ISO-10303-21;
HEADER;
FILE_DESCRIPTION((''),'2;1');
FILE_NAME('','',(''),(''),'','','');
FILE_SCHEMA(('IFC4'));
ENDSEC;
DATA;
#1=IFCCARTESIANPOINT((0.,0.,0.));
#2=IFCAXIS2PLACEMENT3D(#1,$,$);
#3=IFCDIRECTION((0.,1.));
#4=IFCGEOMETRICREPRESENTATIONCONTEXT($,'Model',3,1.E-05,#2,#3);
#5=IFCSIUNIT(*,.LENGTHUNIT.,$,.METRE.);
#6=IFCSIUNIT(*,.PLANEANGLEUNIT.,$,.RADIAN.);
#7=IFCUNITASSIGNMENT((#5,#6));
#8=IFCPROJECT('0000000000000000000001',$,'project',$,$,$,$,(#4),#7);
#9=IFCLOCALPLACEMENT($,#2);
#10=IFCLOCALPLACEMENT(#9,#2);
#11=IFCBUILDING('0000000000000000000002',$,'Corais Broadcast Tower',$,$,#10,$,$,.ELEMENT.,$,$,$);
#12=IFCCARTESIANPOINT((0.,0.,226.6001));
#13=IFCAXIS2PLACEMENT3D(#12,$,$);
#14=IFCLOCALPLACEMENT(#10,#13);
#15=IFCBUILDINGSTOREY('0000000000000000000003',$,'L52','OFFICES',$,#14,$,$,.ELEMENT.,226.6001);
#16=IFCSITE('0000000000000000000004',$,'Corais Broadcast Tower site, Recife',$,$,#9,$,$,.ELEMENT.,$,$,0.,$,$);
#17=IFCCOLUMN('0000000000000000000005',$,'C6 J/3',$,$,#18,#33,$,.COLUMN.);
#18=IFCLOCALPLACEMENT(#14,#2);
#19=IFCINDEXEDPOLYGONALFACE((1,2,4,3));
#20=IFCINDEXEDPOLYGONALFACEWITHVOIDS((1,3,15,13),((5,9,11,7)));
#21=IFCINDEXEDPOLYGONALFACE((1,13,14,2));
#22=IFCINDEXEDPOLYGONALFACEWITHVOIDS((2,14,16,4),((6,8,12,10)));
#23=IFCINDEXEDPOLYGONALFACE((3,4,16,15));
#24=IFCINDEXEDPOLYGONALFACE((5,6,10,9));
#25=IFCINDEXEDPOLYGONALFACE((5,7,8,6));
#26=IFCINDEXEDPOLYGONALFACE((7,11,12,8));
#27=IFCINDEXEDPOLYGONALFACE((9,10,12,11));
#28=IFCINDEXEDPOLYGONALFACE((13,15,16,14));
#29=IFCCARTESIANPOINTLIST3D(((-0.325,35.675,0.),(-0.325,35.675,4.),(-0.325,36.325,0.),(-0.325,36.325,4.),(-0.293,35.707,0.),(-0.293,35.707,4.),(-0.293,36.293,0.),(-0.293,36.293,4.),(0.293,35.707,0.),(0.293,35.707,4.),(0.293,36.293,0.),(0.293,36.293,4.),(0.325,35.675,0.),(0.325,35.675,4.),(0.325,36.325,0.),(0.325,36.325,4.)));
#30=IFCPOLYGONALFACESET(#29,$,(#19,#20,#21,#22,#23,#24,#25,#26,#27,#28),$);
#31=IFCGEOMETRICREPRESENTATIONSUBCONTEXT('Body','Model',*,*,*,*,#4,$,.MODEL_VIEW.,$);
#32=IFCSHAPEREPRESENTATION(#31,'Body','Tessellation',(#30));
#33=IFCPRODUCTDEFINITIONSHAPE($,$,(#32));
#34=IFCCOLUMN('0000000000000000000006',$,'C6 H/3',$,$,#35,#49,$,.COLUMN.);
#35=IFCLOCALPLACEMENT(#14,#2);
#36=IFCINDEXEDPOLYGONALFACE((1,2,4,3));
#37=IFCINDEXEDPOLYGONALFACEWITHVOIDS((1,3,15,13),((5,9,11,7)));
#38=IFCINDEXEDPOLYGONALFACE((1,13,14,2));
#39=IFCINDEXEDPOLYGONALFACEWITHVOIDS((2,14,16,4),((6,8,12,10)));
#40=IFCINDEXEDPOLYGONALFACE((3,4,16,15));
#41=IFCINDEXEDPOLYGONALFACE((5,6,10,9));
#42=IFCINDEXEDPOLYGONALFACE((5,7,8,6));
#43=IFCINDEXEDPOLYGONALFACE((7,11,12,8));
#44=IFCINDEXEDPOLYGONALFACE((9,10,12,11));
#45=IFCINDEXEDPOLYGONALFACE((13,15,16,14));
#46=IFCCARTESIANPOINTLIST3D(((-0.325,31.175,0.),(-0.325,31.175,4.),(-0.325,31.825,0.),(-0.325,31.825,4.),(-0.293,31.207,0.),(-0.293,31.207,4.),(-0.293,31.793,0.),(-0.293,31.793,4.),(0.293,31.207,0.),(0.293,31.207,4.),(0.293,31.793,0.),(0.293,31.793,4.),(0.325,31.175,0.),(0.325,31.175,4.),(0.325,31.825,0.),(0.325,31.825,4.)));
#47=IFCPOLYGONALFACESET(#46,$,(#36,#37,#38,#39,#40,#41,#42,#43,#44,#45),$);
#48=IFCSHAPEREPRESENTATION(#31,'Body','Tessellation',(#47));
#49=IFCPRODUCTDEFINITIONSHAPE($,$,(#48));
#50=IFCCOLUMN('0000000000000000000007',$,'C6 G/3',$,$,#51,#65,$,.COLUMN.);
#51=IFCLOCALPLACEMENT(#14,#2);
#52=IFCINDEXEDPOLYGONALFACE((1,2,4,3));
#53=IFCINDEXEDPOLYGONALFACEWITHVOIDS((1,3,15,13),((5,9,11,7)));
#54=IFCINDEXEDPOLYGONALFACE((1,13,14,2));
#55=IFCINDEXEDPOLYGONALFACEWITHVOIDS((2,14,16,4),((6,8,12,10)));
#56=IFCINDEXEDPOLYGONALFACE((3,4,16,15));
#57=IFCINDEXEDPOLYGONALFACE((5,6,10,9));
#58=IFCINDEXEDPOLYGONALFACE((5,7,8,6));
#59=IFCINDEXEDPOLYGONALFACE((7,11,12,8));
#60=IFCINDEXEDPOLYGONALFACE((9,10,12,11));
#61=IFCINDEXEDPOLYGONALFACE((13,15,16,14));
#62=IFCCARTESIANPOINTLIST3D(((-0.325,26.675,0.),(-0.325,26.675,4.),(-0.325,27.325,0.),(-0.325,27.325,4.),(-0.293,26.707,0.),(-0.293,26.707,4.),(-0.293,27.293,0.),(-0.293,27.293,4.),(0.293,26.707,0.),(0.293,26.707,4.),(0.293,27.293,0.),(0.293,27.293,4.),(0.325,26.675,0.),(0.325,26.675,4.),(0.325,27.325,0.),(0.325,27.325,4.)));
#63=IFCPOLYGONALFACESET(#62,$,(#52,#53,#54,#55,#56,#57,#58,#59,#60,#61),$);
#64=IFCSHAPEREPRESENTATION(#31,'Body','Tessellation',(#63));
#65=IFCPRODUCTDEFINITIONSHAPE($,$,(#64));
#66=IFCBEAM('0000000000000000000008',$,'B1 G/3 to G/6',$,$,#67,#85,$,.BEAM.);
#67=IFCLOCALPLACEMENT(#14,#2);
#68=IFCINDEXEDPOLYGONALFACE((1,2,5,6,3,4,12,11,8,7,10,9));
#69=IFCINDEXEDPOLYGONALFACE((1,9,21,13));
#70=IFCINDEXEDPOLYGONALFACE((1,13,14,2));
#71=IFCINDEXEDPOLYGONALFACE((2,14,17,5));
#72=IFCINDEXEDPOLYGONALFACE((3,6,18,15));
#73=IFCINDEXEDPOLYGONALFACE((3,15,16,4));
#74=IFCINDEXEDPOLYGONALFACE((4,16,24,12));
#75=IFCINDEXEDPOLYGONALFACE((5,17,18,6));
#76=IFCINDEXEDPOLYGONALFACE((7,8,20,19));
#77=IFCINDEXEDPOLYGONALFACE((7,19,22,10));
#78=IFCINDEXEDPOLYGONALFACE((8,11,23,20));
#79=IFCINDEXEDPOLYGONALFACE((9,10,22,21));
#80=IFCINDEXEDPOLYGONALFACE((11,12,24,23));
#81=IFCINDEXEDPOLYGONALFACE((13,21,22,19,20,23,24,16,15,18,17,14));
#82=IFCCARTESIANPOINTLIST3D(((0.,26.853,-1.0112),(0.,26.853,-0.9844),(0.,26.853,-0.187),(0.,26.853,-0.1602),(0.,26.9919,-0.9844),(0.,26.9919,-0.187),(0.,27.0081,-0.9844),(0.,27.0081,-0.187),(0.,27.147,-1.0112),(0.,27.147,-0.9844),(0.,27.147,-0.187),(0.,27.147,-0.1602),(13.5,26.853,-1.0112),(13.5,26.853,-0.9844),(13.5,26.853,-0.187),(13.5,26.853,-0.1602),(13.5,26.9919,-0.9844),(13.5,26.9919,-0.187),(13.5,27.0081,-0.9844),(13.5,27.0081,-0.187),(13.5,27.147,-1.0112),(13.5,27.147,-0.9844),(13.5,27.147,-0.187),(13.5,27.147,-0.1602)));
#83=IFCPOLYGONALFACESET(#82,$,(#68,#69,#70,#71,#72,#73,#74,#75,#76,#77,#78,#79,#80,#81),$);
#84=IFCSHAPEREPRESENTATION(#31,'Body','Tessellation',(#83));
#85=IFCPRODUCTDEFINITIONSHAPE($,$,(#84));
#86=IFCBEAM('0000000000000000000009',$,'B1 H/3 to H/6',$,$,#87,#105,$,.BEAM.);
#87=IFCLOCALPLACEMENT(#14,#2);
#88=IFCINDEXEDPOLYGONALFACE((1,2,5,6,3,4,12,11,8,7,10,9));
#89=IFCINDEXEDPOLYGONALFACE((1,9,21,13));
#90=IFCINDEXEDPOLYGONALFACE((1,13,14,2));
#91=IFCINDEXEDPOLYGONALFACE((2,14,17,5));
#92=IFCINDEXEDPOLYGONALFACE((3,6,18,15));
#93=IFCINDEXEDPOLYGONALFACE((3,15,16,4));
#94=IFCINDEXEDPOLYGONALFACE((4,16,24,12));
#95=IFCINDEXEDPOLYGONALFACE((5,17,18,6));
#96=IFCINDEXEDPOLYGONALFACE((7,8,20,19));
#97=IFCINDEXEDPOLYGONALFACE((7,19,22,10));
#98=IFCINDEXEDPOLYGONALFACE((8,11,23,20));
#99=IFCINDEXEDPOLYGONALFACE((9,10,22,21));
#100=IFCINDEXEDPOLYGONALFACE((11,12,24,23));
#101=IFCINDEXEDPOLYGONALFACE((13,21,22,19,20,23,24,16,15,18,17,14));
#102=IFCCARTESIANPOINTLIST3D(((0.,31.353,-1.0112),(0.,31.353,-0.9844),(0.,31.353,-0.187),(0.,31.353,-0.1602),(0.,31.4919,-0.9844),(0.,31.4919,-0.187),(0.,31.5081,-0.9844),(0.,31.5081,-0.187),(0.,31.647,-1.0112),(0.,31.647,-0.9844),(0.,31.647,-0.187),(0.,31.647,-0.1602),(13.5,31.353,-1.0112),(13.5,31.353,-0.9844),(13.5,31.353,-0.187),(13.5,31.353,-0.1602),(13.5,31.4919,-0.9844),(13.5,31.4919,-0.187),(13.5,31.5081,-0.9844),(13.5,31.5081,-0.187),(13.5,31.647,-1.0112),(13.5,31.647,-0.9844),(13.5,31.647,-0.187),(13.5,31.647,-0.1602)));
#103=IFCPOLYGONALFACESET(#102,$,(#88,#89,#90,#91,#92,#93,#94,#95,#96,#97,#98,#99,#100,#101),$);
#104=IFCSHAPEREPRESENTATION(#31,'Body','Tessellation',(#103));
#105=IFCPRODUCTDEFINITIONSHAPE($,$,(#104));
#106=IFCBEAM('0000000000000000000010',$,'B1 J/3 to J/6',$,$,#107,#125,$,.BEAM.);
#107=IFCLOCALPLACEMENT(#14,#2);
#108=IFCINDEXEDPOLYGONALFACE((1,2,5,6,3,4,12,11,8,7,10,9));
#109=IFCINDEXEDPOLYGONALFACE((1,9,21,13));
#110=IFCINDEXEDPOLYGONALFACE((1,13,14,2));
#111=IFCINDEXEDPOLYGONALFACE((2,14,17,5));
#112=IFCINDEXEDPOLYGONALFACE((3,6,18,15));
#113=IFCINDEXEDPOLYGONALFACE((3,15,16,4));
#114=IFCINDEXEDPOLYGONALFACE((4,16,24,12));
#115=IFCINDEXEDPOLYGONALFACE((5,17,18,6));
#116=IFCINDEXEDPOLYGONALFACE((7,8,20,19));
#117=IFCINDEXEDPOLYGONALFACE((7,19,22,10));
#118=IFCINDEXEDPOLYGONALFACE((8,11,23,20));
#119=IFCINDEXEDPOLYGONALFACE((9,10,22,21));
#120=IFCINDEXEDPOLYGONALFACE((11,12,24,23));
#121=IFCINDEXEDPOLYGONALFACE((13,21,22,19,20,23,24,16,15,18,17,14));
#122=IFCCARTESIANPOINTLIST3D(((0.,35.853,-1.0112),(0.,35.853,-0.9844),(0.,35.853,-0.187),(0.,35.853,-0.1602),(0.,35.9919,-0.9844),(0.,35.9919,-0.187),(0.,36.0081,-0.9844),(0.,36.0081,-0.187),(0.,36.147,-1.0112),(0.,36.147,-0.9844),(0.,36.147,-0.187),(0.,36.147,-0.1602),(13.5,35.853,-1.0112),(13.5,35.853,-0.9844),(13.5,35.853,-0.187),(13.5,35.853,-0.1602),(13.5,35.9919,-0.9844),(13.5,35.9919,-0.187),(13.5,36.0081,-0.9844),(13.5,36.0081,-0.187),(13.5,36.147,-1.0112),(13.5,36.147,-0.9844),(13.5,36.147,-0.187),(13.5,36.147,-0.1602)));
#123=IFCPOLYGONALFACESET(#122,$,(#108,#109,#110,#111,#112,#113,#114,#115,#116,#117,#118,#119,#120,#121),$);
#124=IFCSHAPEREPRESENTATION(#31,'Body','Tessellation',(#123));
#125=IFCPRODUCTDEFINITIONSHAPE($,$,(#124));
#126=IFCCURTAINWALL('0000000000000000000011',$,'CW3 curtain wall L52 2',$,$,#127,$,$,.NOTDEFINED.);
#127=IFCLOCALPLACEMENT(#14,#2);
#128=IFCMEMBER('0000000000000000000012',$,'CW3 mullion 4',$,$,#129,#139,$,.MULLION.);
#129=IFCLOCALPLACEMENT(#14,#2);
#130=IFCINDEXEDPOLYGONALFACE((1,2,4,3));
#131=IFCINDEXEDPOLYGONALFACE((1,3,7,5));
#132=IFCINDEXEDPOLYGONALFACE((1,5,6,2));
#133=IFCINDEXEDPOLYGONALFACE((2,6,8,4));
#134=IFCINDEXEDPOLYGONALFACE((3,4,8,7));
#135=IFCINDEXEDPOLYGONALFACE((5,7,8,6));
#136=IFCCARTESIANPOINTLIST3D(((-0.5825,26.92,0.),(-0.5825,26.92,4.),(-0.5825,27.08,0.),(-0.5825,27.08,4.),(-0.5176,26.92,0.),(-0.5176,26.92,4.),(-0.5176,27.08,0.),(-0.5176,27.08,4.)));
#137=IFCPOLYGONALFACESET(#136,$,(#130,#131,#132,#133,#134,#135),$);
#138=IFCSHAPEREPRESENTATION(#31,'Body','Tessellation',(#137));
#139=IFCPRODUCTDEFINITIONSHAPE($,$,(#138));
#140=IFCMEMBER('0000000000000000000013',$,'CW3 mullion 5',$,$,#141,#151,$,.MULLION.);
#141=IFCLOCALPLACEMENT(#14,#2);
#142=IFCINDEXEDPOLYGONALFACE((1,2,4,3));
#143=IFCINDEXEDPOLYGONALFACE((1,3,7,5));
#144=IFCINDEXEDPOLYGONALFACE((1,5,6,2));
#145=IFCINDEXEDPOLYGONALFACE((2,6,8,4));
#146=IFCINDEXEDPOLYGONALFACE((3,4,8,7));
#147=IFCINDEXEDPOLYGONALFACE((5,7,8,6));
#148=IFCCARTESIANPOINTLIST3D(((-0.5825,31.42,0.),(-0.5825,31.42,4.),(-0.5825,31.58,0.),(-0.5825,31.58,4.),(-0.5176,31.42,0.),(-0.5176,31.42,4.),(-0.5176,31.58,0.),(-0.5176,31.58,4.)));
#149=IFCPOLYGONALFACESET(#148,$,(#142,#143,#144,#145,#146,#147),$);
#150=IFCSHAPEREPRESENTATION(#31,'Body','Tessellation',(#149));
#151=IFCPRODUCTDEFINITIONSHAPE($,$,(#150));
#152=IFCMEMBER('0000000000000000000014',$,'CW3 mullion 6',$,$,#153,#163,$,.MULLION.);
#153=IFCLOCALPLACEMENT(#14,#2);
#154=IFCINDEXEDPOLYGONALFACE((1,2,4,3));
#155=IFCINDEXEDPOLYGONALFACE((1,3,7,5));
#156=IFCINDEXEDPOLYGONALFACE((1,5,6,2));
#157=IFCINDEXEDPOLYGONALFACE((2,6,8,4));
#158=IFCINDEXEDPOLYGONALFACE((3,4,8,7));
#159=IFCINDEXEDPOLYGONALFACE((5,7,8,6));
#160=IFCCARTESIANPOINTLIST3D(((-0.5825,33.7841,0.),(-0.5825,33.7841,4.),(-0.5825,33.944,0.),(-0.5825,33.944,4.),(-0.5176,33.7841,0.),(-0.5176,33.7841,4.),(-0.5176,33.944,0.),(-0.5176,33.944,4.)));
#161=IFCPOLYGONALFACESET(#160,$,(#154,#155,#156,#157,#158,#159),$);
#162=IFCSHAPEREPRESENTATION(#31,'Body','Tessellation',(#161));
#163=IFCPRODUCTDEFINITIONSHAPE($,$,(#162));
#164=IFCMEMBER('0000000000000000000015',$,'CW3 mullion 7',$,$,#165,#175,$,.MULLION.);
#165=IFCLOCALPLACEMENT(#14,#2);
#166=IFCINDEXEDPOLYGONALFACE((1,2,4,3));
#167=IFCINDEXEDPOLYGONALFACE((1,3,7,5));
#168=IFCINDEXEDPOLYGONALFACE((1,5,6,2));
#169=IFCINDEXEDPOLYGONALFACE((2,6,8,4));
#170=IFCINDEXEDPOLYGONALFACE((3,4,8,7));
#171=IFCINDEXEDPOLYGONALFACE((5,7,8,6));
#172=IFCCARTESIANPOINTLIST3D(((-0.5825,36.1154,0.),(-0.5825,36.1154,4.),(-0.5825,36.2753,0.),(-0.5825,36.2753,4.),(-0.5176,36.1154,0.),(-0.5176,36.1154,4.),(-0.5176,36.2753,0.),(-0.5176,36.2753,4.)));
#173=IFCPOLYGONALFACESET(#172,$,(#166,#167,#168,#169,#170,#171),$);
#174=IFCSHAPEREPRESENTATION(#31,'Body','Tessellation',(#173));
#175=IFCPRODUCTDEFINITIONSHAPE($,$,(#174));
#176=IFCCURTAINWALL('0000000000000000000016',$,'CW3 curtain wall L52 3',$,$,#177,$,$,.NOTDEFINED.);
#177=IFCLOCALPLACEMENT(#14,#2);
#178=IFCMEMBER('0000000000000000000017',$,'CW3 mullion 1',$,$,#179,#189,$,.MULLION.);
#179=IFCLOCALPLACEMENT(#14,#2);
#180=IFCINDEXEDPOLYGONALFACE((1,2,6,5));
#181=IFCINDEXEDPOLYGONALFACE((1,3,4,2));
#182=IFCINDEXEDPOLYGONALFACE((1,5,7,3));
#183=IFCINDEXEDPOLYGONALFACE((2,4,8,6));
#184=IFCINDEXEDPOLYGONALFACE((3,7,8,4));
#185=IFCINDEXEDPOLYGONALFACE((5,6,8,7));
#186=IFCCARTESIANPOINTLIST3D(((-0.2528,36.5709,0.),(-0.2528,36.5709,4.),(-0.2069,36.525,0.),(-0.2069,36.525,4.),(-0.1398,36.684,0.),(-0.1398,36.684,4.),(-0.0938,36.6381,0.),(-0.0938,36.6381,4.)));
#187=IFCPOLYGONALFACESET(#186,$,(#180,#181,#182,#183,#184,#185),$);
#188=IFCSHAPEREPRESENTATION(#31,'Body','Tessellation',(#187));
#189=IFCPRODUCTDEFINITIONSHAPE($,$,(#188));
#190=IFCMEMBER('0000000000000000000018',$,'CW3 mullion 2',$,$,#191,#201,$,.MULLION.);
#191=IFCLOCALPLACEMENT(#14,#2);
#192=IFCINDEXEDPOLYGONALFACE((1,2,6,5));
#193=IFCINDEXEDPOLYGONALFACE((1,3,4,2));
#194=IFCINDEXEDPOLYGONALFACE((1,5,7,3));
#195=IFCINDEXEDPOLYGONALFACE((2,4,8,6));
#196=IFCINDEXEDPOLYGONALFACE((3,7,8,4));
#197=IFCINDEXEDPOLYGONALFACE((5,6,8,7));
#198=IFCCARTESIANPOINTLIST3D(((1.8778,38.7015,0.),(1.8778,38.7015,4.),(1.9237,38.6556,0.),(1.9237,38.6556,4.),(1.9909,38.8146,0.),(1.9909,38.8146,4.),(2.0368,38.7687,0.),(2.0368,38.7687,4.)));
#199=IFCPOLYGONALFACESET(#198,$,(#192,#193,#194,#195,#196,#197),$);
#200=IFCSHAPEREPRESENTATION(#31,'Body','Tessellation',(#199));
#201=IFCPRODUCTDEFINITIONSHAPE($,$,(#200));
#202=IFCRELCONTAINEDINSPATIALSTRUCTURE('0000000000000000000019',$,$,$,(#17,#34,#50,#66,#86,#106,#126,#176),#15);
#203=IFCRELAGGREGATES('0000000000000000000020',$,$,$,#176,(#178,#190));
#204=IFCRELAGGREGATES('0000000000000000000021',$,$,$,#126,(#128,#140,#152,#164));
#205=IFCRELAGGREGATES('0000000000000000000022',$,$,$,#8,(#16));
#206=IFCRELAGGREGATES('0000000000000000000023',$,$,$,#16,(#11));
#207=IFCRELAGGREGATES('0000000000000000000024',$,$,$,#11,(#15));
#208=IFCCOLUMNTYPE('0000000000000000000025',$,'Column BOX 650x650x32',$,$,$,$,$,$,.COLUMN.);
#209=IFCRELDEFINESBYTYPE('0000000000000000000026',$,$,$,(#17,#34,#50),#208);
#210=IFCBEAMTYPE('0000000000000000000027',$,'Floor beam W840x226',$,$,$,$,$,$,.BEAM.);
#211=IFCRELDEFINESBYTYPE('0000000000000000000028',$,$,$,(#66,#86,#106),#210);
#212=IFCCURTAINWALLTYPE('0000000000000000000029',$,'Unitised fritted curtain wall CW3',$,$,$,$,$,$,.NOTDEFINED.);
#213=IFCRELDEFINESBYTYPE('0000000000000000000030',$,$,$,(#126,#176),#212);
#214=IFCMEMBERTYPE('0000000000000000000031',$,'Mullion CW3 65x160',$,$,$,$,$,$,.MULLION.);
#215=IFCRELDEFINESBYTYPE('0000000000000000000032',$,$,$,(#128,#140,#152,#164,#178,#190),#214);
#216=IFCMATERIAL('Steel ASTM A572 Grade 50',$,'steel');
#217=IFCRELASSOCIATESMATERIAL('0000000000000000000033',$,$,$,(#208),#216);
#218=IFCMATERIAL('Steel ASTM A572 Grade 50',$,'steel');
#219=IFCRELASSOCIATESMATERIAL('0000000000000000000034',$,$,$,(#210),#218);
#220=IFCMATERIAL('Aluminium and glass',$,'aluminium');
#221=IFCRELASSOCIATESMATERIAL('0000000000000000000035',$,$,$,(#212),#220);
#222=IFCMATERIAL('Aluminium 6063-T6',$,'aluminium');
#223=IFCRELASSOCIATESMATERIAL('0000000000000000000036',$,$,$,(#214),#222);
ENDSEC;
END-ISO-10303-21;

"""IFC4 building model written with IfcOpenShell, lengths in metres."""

from ifc_helpers import new_model, si_unit, direction, frame, origin, origin_2d, place, context, subcontext, project, spatial, rectangle, hollow_rectangle, i_section, extrude, material, material_profile, profile_set, type_object, element, aggregate, save


model = new_model("IFC4")

# Units and contexts
model_context = context("Model", 3, precision=1e-05, world=origin(), true_north=direction((0.0, 1.0)))
body_context = subcontext(model_context, "Body", "Model", "MODEL_VIEW")
ifc_project = project(units=[si_unit("LENGTHUNIT", "METRE"), si_unit("PLANEANGLEUNIT", "RADIAN")], contexts=[model_context])

# Site, building, storey
site_placement = place(None, origin())
site = spatial("IfcSite", under=ifc_project, at=site_placement, Name="Corais Broadcast Tower site, Recife", CompositionType="ELEMENT", RefElevation=0.0)
building_placement = place(site_placement, origin())
building = spatial("IfcBuilding", under=site, at=building_placement, Name="Corais Broadcast Tower", CompositionType="ELEMENT")
storey_placement = place(building_placement, frame((0.0, 0.0, 226.6001)))
storey = spatial("IfcBuildingStorey", under=building, at=storey_placement, Name="L52", Description="OFFICES", CompositionType="ELEMENT", Elevation=226.6001)

# Columns
ifc_material_1 = material(Name="Steel ASTM A572 Grade 50", Category="steel")
ifc_material_profile_1 = material_profile(ifc_material_1, hollow_rectangle(XDim=0.6499, YDim=0.6499, WallThickness=0.032, at=origin_2d()), Name="BOX 650x650x32")
ifc_profile_set_1 = profile_set([ifc_material_profile_1], Name="Steel ASTM A572 Grade 50")
column_type = type_object("IfcColumnType", Name="Column BOX 650x650x32", PredefinedType="COLUMN", material=ifc_profile_set_1)
for number, where, z_axis, x_axis, name in (
    (1, (0.0, 36.0, 0.0), (0.0, 0.0, 1.0), (1.0, 0.0, 0.0), "C6 J/3"),
    (2, (0.0, 31.5, 0.0), (0.0, 0.0, 1.0), (1.0, 0.0, 0.0), "C6 H/3"),
    (3, (0.0, 27.0, 0.0), (0.0, 0.0, 1.0), (1.0, 0.0, 0.0), "C6 G/3"),
):
    element("IfcColumn", number, at=place(storey_placement, frame(where, z_axis=z_axis, x_axis=x_axis)), inside=storey, type_object=column_type, Name=name, PredefinedType="COLUMN", context=body_context, shape_type="SweptSolid", body=[
        extrude(hollow_rectangle(XDim=0.6499, YDim=0.6499, WallThickness=0.032, at=origin_2d()), origin(), (0.0, 0.0, 1.0), 4.0),
    ])

# Beams
ifc_material_2 = material(Name="Steel ASTM A572 Grade 50", Category="steel")
ifc_material_profile_2 = material_profile(ifc_material_2, i_section(OverallWidth=0.2939, OverallDepth=0.8511, WebThickness=0.0161, FlangeThickness=0.0269, at=origin_2d()), Name="W840x226")
ifc_profile_set_2 = profile_set([ifc_material_profile_2], Name="Steel ASTM A572 Grade 50")
beam_type_1 = type_object("IfcBeamType", Name="Floor beam W840x226", PredefinedType="BEAM", material=ifc_profile_set_2)
for number, where, z_axis, x_axis, name in (
    (4, (0.0, 27.0, -0.5857), (1.0, 0.0, 0.0), (0.0, 1.0, 0.0), "B1 G/3 to G/6"),
    (5, (0.0, 31.5, -0.5857), (1.0, 0.0, 0.0), (0.0, 1.0, 0.0), "B1 H/3 to H/6"),
    (6, (0.0, 36.0, -0.5857), (1.0, 0.0, 0.0), (0.0, 1.0, 0.0), "B1 J/3 to J/6"),
):
    element("IfcBeam", number, at=place(storey_placement, frame(where, z_axis=z_axis, x_axis=x_axis)), inside=storey, type_object=beam_type_1, Name=name, PredefinedType="BEAM", context=body_context, shape_type="SweptSolid", body=[
        extrude(i_section(OverallWidth=0.2939, OverallDepth=0.8511, WebThickness=0.0161, FlangeThickness=0.0269, at=origin_2d()), origin(), (0.0, 0.0, 1.0), 13.5),
    ])

# Curtain walls, members
ifc_material_3 = material(Name="Aluminium and glass", Category="aluminium")
curtain_wall_type = type_object("IfcCurtainWallType", Name="Unitised fritted curtain wall CW3", PredefinedType="NOTDEFINED", material=ifc_material_3)
curtain_wall_1_placement = place(storey_placement, origin())
curtain_wall_1 = element("IfcCurtainWall", 7, at=curtain_wall_1_placement, inside=storey, type_object=curtain_wall_type, Name="CW3 curtain wall L52 2", PredefinedType="NOTDEFINED")
ifc_material_4 = material(Name="Aluminium 6063-T6", Category="aluminium")
ifc_material_profile_3 = material_profile(ifc_material_4, rectangle(XDim=0.0649, YDim=0.1599, at=origin_2d()), Name="Mullion CW3 65x160")
ifc_profile_set_3 = profile_set([ifc_material_profile_3], Name="Aluminium 6063-T6")
member_type_1 = type_object("IfcMemberType", Name="Mullion CW3 65x160", PredefinedType="MULLION", material=ifc_profile_set_3)
member_1_placement = place(storey_placement, frame((-0.55, 27.0, 0.0), z_axis=(0.0, 0.0, 1.0), x_axis=(-1.0, 0.0, 0.0)))
member_1 = element("IfcMember", 8, at=member_1_placement, type_object=member_type_1, Name="CW3 mullion 4", PredefinedType="MULLION", context=body_context, shape_type="SweptSolid", body=[
    extrude(rectangle(XDim=0.0649, YDim=0.1599, at=origin_2d()), origin(), (0.0, 0.0, 1.0), 4.0),
])
member_2_placement = place(storey_placement, frame((-0.55, 31.5, 0.0), z_axis=(0.0, 0.0, 1.0), x_axis=(-1.0, 0.0, 0.0)))
member_2 = element("IfcMember", 9, at=member_2_placement, type_object=member_type_1, Name="CW3 mullion 5", PredefinedType="MULLION", context=body_context, shape_type="SweptSolid", body=[
    extrude(rectangle(XDim=0.0649, YDim=0.1599, at=origin_2d()), origin(), (0.0, 0.0, 1.0), 4.0),
])
member_3_placement = place(storey_placement, frame((-0.55, 33.864, 0.0), z_axis=(0.0, 0.0, 1.0), x_axis=(-1.0, 0.0, 0.0)))
member_3 = element("IfcMember", 10, at=member_3_placement, type_object=member_type_1, Name="CW3 mullion 6", PredefinedType="MULLION", context=body_context, shape_type="SweptSolid", body=[
    extrude(rectangle(XDim=0.0649, YDim=0.1599, at=origin_2d()), origin(), (0.0, 0.0, 1.0), 4.0),
])
member_4_placement = place(storey_placement, frame((-0.55, 36.1953, 0.0), z_axis=(0.0, 0.0, 1.0), x_axis=(-1.0, 0.0, 0.0)))
member_4 = element("IfcMember", 11, at=member_4_placement, type_object=member_type_1, Name="CW3 mullion 7", PredefinedType="MULLION", context=body_context, shape_type="SweptSolid", body=[
    extrude(rectangle(XDim=0.0649, YDim=0.1599, at=origin_2d()), origin(), (0.0, 0.0, 1.0), 4.0),
])
curtain_wall_2_placement = place(storey_placement, origin())
curtain_wall_2 = element("IfcCurtainWall", 12, at=curtain_wall_2_placement, inside=storey, type_object=curtain_wall_type, Name="CW3 curtain wall L52 3", PredefinedType="NOTDEFINED")
member_5_placement = place(storey_placement, frame((-0.1733, 36.6045, 0.0), z_axis=(0.0, 0.0, 1.0), x_axis=(-0.707107, 0.707107, 0.0)))
member_5 = element("IfcMember", 13, at=member_5_placement, type_object=member_type_1, Name="CW3 mullion 1", PredefinedType="MULLION", context=body_context, shape_type="SweptSolid", body=[
    extrude(rectangle(XDim=0.0649, YDim=0.1599, at=origin_2d()), origin(), (0.0, 0.0, 1.0), 4.0),
])
member_6_placement = place(storey_placement, frame((1.9573, 38.7351, 0.0), z_axis=(0.0, 0.0, 1.0), x_axis=(-0.707107, 0.707107, 0.0)))
member_6 = element("IfcMember", 14, at=member_6_placement, type_object=member_type_1, Name="CW3 mullion 2", PredefinedType="MULLION", context=body_context, shape_type="SweptSolid", body=[
    extrude(rectangle(XDim=0.0649, YDim=0.1599, at=origin_2d()), origin(), (0.0, 0.0, 1.0), 4.0),
])

aggregate(curtain_wall_2, [member_5, member_6])
aggregate(curtain_wall_1, [member_1, member_2, member_3, member_4])

save(model, "model.ifc")
